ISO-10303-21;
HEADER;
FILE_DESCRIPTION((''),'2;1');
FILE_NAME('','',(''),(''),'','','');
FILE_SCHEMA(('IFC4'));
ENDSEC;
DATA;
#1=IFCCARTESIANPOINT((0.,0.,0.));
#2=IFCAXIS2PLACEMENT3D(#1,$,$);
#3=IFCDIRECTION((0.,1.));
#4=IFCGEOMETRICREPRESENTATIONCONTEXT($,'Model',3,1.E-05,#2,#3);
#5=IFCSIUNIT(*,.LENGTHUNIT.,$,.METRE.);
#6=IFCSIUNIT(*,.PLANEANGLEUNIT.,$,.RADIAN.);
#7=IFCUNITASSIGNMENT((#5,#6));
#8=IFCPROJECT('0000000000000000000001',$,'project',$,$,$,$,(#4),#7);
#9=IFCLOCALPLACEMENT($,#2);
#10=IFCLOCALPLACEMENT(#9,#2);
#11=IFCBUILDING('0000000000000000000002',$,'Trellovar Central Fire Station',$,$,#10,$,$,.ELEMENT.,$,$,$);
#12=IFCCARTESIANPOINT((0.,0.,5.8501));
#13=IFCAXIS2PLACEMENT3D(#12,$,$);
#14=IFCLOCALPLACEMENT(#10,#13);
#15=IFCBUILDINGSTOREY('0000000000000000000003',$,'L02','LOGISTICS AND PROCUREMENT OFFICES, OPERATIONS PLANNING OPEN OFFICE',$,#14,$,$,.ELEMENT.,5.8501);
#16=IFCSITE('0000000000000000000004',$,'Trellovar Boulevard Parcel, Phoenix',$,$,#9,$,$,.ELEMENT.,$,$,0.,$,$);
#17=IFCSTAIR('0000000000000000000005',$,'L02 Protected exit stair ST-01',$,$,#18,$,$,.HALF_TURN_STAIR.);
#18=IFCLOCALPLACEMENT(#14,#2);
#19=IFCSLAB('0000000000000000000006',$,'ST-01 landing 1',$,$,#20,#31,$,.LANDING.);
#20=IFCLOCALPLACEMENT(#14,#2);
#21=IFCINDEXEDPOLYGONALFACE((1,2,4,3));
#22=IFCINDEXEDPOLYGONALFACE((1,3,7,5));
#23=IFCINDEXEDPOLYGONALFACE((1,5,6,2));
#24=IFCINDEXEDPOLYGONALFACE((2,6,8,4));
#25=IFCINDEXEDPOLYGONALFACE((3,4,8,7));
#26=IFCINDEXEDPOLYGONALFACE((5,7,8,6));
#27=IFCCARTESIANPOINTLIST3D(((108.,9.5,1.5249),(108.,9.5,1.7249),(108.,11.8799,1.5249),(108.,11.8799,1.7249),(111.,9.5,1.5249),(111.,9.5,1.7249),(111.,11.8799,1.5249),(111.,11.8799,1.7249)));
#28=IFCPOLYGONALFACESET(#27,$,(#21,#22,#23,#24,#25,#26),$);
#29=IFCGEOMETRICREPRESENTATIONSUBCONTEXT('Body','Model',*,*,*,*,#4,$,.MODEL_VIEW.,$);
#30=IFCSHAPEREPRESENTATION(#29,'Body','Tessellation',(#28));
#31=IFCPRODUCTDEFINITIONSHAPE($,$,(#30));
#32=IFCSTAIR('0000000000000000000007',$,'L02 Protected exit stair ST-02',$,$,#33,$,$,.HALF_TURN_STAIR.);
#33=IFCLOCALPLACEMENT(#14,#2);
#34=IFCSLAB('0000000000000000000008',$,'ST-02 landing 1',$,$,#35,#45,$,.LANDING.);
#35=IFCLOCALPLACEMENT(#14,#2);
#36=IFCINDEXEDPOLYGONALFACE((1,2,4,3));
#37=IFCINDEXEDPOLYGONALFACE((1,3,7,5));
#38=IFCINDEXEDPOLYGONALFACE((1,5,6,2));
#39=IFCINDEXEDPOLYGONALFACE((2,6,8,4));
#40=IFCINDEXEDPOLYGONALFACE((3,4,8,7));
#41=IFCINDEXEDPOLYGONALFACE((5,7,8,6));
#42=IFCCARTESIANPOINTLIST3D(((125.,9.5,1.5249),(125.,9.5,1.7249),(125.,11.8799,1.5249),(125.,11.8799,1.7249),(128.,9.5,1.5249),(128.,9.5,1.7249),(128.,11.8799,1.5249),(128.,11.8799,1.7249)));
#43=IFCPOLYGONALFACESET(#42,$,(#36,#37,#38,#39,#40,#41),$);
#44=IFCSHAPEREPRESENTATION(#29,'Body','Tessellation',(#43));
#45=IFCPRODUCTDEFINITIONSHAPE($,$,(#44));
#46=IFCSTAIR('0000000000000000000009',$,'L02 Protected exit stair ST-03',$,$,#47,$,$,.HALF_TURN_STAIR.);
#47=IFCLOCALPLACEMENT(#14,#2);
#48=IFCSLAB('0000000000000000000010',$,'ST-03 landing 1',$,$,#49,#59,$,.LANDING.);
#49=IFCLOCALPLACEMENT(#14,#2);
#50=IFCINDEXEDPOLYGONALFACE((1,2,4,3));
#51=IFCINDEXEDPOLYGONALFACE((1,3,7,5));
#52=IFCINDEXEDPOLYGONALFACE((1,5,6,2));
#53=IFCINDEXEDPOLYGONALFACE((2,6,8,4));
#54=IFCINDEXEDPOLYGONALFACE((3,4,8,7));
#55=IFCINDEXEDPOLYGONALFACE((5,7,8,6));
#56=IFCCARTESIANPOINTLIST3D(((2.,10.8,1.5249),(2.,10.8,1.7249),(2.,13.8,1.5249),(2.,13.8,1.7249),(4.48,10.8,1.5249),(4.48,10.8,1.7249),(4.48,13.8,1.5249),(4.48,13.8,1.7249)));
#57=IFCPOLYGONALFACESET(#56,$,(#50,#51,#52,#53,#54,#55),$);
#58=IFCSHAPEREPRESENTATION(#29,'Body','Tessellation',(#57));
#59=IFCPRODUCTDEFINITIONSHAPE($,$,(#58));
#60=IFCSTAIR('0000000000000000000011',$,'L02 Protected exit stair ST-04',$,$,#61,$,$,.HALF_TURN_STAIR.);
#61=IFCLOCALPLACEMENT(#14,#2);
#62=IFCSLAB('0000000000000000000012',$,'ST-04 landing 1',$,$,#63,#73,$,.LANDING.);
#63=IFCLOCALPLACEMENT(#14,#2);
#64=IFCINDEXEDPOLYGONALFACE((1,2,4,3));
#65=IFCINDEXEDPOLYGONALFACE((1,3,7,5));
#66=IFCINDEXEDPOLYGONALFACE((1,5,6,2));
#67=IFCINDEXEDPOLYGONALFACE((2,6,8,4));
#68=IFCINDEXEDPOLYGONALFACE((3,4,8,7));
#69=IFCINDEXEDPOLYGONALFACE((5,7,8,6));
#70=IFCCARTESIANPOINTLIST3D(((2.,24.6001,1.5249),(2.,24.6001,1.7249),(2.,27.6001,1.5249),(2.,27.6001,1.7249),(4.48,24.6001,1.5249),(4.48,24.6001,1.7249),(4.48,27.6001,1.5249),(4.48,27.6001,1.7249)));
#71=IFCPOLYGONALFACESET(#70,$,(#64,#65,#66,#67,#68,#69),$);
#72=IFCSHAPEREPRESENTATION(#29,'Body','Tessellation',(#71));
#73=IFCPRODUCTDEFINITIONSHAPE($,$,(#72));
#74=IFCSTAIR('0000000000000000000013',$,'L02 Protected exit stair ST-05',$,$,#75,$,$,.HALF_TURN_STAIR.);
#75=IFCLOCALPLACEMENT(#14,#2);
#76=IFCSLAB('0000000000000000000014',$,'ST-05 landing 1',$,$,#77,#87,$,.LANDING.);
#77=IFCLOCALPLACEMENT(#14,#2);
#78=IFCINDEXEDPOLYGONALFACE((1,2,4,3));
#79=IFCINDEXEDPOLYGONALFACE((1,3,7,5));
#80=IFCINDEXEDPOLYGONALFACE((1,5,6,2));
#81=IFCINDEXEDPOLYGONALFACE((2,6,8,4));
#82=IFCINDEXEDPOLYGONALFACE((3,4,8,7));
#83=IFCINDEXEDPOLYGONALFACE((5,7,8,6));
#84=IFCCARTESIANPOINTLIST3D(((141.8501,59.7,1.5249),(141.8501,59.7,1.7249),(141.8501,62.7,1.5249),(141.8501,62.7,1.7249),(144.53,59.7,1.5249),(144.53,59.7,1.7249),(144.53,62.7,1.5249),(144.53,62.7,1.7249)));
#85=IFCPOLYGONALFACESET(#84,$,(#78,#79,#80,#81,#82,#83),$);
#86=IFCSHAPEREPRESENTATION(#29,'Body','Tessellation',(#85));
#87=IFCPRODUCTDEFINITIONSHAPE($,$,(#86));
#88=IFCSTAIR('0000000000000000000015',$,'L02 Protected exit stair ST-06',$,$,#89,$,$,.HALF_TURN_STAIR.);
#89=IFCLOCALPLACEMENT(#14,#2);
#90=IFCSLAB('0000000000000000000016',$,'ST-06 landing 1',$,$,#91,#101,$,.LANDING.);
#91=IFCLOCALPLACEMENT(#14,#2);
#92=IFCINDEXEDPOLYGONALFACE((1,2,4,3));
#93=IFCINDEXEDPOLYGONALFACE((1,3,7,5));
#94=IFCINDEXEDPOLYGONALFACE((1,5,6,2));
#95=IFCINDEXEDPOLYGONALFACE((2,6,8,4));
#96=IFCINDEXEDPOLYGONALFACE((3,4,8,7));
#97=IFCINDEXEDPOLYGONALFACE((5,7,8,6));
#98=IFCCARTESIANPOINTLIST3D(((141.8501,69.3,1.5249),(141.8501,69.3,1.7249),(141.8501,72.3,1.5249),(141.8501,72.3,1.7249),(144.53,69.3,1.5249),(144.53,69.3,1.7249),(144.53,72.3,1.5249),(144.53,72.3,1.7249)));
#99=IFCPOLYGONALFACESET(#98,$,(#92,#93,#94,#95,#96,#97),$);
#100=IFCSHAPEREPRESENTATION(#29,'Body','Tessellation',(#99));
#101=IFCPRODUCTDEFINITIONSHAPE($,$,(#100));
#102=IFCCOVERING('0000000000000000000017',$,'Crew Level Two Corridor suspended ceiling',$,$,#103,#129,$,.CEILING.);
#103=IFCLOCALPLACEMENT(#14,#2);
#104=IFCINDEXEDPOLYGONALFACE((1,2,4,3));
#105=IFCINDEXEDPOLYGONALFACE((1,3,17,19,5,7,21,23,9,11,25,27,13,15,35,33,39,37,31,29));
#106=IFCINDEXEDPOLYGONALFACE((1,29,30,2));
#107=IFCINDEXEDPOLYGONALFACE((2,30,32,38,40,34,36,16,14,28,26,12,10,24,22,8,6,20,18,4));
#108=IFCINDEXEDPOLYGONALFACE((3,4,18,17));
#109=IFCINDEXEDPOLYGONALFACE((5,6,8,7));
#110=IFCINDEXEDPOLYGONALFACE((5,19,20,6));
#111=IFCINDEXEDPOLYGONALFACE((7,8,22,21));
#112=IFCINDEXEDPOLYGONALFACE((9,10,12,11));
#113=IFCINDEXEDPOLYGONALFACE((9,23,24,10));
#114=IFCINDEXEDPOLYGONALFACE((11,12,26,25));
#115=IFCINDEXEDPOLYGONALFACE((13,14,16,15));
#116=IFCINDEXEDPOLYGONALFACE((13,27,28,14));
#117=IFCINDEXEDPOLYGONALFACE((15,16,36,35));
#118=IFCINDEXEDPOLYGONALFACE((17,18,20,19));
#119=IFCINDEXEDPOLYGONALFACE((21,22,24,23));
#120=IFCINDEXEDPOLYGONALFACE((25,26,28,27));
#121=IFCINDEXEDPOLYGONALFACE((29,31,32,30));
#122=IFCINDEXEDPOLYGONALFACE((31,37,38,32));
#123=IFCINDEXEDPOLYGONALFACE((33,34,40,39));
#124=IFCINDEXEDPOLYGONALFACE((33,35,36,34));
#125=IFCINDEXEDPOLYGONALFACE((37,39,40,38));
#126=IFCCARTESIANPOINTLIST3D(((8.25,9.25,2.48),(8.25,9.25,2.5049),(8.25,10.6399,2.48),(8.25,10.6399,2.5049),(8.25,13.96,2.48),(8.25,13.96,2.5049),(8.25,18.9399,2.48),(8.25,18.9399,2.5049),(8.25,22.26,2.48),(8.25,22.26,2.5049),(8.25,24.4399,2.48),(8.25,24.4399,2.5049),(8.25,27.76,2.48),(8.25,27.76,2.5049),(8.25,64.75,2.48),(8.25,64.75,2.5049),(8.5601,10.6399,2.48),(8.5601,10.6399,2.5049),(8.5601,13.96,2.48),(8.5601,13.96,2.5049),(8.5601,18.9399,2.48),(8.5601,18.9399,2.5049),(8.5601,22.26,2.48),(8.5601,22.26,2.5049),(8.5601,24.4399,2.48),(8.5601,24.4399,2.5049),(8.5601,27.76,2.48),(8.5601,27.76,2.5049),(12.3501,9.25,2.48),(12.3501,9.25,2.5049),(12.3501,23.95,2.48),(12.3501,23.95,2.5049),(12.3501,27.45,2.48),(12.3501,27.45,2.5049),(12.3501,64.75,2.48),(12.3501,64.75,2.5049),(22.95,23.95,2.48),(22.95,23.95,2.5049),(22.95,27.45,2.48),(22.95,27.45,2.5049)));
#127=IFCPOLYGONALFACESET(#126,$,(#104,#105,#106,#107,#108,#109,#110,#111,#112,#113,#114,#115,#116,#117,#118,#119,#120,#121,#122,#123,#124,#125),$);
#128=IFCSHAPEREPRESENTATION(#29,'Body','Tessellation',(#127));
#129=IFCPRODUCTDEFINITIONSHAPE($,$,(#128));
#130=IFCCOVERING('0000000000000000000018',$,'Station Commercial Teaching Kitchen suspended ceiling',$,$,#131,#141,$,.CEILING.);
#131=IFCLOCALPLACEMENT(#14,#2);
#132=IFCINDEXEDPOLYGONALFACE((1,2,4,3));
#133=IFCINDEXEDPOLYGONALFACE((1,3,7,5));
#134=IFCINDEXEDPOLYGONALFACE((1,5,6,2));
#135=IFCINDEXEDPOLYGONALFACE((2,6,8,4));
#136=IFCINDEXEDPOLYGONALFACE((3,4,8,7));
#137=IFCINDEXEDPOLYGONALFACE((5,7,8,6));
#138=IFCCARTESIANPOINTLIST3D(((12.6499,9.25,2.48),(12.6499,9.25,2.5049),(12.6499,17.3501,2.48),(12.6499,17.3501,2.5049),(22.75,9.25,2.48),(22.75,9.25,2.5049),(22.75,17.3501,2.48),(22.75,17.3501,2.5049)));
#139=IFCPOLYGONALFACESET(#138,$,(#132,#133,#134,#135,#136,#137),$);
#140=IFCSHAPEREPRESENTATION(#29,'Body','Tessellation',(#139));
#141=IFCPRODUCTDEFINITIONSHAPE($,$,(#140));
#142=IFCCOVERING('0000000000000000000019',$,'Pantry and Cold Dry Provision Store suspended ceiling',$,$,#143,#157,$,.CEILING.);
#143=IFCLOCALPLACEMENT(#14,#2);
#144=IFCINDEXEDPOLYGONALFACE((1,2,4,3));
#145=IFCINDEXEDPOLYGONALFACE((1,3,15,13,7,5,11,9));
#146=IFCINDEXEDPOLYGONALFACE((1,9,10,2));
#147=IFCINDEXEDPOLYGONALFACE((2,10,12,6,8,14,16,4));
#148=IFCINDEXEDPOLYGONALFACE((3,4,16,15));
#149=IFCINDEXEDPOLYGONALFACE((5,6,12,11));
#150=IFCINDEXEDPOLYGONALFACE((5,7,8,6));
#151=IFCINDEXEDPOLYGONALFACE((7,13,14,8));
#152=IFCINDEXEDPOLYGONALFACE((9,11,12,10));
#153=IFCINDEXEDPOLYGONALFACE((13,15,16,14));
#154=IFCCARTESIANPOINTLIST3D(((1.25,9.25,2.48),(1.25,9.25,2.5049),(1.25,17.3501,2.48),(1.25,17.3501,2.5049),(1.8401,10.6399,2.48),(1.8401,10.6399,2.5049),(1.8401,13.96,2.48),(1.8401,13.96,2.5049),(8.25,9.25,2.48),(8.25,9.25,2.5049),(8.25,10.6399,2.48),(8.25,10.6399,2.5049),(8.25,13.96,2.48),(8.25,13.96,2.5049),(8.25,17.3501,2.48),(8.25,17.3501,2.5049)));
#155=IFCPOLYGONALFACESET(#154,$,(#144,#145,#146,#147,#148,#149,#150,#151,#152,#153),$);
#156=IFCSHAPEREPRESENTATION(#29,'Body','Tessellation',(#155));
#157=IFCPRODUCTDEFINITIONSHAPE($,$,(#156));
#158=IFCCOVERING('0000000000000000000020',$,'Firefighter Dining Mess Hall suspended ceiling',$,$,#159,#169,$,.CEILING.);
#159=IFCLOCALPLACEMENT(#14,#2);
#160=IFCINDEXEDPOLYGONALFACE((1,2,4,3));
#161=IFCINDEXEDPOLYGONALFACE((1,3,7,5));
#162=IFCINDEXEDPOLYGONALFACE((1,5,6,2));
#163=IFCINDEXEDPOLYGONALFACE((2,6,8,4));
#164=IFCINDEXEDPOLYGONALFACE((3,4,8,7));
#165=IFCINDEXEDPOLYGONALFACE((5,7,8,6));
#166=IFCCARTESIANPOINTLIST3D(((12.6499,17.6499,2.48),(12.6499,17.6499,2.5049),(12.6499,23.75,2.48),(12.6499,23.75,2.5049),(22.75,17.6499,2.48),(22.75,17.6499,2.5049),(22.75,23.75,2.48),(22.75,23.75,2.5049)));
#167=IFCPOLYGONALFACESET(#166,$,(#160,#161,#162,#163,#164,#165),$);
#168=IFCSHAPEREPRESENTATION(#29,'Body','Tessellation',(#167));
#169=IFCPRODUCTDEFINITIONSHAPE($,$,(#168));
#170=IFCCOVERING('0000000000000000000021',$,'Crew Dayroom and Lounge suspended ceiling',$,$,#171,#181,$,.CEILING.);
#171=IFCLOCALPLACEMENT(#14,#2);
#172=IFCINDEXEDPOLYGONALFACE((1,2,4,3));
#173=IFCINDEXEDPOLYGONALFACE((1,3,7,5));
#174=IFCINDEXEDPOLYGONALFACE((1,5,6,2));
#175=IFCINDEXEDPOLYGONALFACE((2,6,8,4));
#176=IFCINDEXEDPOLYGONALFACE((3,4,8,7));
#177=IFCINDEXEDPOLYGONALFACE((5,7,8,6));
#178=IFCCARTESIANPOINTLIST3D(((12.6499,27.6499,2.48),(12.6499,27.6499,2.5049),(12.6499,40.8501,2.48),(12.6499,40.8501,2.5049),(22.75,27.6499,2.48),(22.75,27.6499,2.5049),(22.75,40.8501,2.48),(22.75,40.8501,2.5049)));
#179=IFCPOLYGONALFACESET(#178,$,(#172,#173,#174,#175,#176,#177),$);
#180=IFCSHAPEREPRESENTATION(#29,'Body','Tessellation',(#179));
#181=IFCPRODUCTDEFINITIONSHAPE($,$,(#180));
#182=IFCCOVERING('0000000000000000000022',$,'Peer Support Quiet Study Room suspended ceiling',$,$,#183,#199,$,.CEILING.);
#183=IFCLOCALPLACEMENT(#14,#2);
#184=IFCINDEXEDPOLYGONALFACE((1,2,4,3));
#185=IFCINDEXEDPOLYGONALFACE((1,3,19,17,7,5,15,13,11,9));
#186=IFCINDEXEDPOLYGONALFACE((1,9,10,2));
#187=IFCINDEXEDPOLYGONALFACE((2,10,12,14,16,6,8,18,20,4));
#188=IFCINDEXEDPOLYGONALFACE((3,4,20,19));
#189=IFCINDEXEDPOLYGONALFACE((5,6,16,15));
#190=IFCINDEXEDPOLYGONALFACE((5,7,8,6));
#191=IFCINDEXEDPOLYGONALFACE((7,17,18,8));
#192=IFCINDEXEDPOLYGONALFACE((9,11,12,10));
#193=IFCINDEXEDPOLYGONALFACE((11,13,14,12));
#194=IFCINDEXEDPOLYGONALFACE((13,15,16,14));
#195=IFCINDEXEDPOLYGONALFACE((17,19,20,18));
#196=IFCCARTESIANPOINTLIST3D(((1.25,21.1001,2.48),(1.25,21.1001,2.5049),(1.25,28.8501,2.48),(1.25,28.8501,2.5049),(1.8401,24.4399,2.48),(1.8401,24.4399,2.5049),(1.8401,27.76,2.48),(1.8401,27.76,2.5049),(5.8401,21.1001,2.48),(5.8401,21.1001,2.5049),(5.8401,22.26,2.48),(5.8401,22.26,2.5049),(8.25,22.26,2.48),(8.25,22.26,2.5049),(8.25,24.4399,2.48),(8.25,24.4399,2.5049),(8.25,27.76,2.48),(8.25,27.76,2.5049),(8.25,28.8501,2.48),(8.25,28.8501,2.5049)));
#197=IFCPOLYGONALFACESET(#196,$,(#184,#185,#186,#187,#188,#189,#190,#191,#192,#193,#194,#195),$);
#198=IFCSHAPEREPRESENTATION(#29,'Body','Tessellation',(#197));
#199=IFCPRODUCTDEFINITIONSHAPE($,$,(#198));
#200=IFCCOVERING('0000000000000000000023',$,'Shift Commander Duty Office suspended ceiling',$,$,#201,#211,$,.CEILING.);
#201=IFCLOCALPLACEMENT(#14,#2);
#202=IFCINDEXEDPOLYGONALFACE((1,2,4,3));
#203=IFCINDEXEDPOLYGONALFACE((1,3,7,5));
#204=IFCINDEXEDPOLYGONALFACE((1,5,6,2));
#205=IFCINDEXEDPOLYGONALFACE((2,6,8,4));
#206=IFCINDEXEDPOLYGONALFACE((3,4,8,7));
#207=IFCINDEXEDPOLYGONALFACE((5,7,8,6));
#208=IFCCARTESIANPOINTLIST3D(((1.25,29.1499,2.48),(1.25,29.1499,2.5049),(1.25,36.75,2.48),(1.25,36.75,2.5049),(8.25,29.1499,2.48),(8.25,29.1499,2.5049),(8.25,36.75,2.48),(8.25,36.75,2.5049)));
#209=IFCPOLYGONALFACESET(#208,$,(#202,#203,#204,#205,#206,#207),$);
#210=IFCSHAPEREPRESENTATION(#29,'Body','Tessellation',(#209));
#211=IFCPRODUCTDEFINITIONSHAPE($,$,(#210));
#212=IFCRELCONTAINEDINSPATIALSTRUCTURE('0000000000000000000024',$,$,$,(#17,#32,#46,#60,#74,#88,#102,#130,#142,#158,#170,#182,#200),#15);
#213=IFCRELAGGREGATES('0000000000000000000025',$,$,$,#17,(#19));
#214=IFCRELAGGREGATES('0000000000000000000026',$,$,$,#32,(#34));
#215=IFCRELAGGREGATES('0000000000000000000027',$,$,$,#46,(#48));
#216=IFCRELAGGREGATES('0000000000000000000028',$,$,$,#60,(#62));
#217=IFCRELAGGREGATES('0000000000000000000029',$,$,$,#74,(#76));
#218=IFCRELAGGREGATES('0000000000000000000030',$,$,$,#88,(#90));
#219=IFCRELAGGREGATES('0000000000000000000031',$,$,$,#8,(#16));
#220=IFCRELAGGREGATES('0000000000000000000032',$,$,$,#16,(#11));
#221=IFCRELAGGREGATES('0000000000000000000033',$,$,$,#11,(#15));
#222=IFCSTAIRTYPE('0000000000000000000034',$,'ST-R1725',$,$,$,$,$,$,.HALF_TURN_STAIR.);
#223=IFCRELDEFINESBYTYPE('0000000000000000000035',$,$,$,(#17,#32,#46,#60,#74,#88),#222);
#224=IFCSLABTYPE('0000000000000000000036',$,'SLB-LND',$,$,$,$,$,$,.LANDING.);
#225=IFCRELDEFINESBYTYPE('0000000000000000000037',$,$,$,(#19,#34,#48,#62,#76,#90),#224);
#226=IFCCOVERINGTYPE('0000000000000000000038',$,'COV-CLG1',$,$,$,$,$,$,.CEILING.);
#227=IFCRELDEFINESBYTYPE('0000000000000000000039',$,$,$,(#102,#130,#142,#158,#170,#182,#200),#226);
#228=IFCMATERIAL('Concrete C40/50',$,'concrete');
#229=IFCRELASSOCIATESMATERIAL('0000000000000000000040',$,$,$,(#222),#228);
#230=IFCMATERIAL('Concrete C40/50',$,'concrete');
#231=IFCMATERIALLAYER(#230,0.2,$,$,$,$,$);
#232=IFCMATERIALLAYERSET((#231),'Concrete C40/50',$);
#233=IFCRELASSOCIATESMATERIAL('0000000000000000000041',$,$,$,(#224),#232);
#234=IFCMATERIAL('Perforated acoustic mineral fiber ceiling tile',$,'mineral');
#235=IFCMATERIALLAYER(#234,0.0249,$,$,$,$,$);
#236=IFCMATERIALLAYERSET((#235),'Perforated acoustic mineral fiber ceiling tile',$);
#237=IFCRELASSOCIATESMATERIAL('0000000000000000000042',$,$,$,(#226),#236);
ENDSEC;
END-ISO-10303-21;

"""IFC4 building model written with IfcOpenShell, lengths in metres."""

from ifc_helpers import new_model, si_unit, direction, frame, origin, place, context, subcontext, project, spatial, polyline, outline, extrude, material, layer, layer_set, type_object, element, aggregate, save


model = new_model("IFC4")

# Units and contexts
model_context = context("Model", 3, precision=1e-05, world=origin(), true_north=direction((0.0, 1.0)))
body_context = subcontext(model_context, "Body", "Model", "MODEL_VIEW")
ifc_project = project(units=[si_unit("LENGTHUNIT", "METRE"), si_unit("PLANEANGLEUNIT", "RADIAN")], contexts=[model_context])

# Site, building, storey
site_placement = place(None, origin())
site = spatial("IfcSite", under=ifc_project, at=site_placement, Name="Trellovar Boulevard Parcel, Phoenix", CompositionType="ELEMENT", RefElevation=0.0)
building_placement = place(site_placement, origin())
building = spatial("IfcBuilding", under=site, at=building_placement, Name="Trellovar Central Fire Station", CompositionType="ELEMENT")
storey_placement = place(building_placement, frame((0.0, 0.0, 5.8501)))
storey = spatial("IfcBuildingStorey", under=building, at=storey_placement, Name="L02", Description="LOGISTICS AND PROCUREMENT OFFICES, OPERATIONS PLANNING OPEN OFFICE", CompositionType="ELEMENT", Elevation=5.8501)

# Stairs, slabs
ifc_material_1 = material(Name="Concrete C40/50", Category="concrete")
stair_type = type_object("IfcStairType", Name="ST-R1725", PredefinedType="HALF_TURN_STAIR", material=ifc_material_1)
stair_1_placement = place(storey_placement, origin())
stair_1 = element("IfcStair", 1, at=stair_1_placement, inside=storey, type_object=stair_type, Name="L02 Protected exit stair ST-01", PredefinedType="HALF_TURN_STAIR")
ifc_material_2 = material(Name="Concrete C40/50", Category="concrete")
ifc_layer_1 = layer(ifc_material_2, 0.2)
ifc_layer_set_1 = layer_set([ifc_layer_1], Name="Concrete C40/50")
slab_type = type_object("IfcSlabType", Name="SLB-LND", PredefinedType="LANDING", material=ifc_layer_set_1)
slab_1_placement = place(storey_placement, frame((0.0, 0.0, 1.5249)))
slab_1 = element("IfcSlab", 2, at=slab_1_placement, type_object=slab_type, Name="ST-01 landing 1", PredefinedType="LANDING", context=body_context, shape_type="SweptSolid", body=[
    extrude(outline(polyline([(108.0, 11.8799), (108.0, 9.5), (111.0, 9.5), (111.0, 11.8799), (108.0, 11.8799)])), origin(), (0.0, 0.0, 1.0), 0.2),
])
aggregate(stair_1, [slab_1])
stair_2_placement = place(storey_placement, origin())
stair_2 = element("IfcStair", 3, at=stair_2_placement, inside=storey, type_object=stair_type, Name="L02 Protected exit stair ST-02", PredefinedType="HALF_TURN_STAIR")
slab_2_placement = place(storey_placement, frame((0.0, 0.0, 1.5249)))
slab_2 = element("IfcSlab", 4, at=slab_2_placement, type_object=slab_type, Name="ST-02 landing 1", PredefinedType="LANDING", context=body_context, shape_type="SweptSolid", body=[
    extrude(outline(polyline([(125.0, 11.8799), (125.0, 9.5), (128.0, 9.5), (128.0, 11.8799), (125.0, 11.8799)])), origin(), (0.0, 0.0, 1.0), 0.2),
])
aggregate(stair_2, [slab_2])
stair_3_placement = place(storey_placement, origin())
stair_3 = element("IfcStair", 5, at=stair_3_placement, inside=storey, type_object=stair_type, Name="L02 Protected exit stair ST-03", PredefinedType="HALF_TURN_STAIR")
slab_3_placement = place(storey_placement, frame((0.0, 0.0, 1.5249)))
slab_3 = element("IfcSlab", 6, at=slab_3_placement, type_object=slab_type, Name="ST-03 landing 1", PredefinedType="LANDING", context=body_context, shape_type="SweptSolid", body=[
    extrude(outline(polyline([(4.48, 13.8), (2.0, 13.8), (2.0, 10.8), (4.48, 10.8), (4.48, 13.8)])), origin(), (0.0, 0.0, 1.0), 0.2),
])
aggregate(stair_3, [slab_3])
stair_4_placement = place(storey_placement, origin())
stair_4 = element("IfcStair", 7, at=stair_4_placement, inside=storey, type_object=stair_type, Name="L02 Protected exit stair ST-04", PredefinedType="HALF_TURN_STAIR")
slab_4_placement = place(storey_placement, frame((0.0, 0.0, 1.5249)))
slab_4 = element("IfcSlab", 8, at=slab_4_placement, type_object=slab_type, Name="ST-04 landing 1", PredefinedType="LANDING", context=body_context, shape_type="SweptSolid", body=[
    extrude(outline(polyline([(4.48, 27.6001), (2.0, 27.6001), (2.0, 24.6001), (4.48, 24.6001), (4.48, 27.6001)])), origin(), (0.0, 0.0, 1.0), 0.2),
])
aggregate(stair_4, [slab_4])
stair_5_placement = place(storey_placement, origin())
stair_5 = element("IfcStair", 9, at=stair_5_placement, inside=storey, type_object=stair_type, Name="L02 Protected exit stair ST-05", PredefinedType="HALF_TURN_STAIR")
slab_5_placement = place(storey_placement, frame((0.0, 0.0, 1.5249)))
slab_5 = element("IfcSlab", 10, at=slab_5_placement, type_object=slab_type, Name="ST-05 landing 1", PredefinedType="LANDING", context=body_context, shape_type="SweptSolid", body=[
    extrude(outline(polyline([(144.53, 62.7), (141.8501, 62.7), (141.8501, 59.7), (144.53, 59.7), (144.53, 62.7)])), origin(), (0.0, 0.0, 1.0), 0.2),
])
aggregate(stair_5, [slab_5])
stair_6_placement = place(storey_placement, origin())
stair_6 = element("IfcStair", 11, at=stair_6_placement, inside=storey, type_object=stair_type, Name="L02 Protected exit stair ST-06", PredefinedType="HALF_TURN_STAIR")
slab_6_placement = place(storey_placement, frame((0.0, 0.0, 1.5249)))
slab_6 = element("IfcSlab", 12, at=slab_6_placement, type_object=slab_type, Name="ST-06 landing 1", PredefinedType="LANDING", context=body_context, shape_type="SweptSolid", body=[
    extrude(outline(polyline([(144.53, 72.3), (141.8501, 72.3), (141.8501, 69.3), (144.53, 69.3), (144.53, 72.3)])), origin(), (0.0, 0.0, 1.0), 0.2),
])
aggregate(stair_6, [slab_6])

# Coverings
ifc_material_3 = material(Name="Perforated acoustic mineral fiber ceiling tile", Category="mineral")
ifc_layer_2 = layer(ifc_material_3, 0.0249)
ifc_layer_set_2 = layer_set([ifc_layer_2], Name="Perforated acoustic mineral fiber ceiling tile")
covering_type_1 = type_object("IfcCoveringType", Name="COV-CLG1", PredefinedType="CEILING", material=ifc_layer_set_2)
covering_1_placement = place(storey_placement, frame((0.0, 0.0, 2.48)))
element("IfcCovering", 13, at=covering_1_placement, inside=storey, type_object=covering_type_1, Name="Crew Level Two Corridor suspended ceiling", PredefinedType="CEILING", context=body_context, shape_type="SweptSolid", body=[
    extrude(outline(polyline([(8.5601, 18.9399), (8.5601, 22.26), (8.25, 22.26), (8.25, 24.4399), (8.5601, 24.4399), (8.5601, 27.76), (8.25, 27.76), (8.25, 64.75), (12.3501, 64.75), (12.3501, 27.45), (22.95, 27.45), (22.95, 23.95), (12.3501, 23.95), (12.3501, 9.25), (8.25, 9.25), (8.25, 10.6399), (8.5601, 10.6399), (8.5601, 13.96), (8.25, 13.96), (8.25, 18.9399), (8.5601, 18.9399)])), origin(), (0.0, 0.0, 1.0), 0.0249),
])
covering_2_placement = place(storey_placement, frame((0.0, 0.0, 2.48)))
element("IfcCovering", 14, at=covering_2_placement, inside=storey, type_object=covering_type_1, Name="Station Commercial Teaching Kitchen suspended ceiling", PredefinedType="CEILING", context=body_context, shape_type="SweptSolid", body=[
    extrude(outline(polyline([(22.75, 17.3501), (22.75, 9.25), (12.6499, 9.25), (12.6499, 17.3501), (22.75, 17.3501)])), origin(), (0.0, 0.0, 1.0), 0.0249),
])
covering_3_placement = place(storey_placement, frame((0.0, 0.0, 2.48)))
element("IfcCovering", 15, at=covering_3_placement, inside=storey, type_object=covering_type_1, Name="Pantry and Cold Dry Provision Store suspended ceiling", PredefinedType="CEILING", context=body_context, shape_type="SweptSolid", body=[
    extrude(outline(polyline([(8.25, 10.6399), (8.25, 9.25), (1.25, 9.25), (1.25, 17.3501), (8.25, 17.3501), (8.25, 13.96), (1.8401, 13.96), (1.8401, 10.6399), (8.25, 10.6399)])), origin(), (0.0, 0.0, 1.0), 0.0249),
])
covering_4_placement = place(storey_placement, frame((0.0, 0.0, 2.48)))
element("IfcCovering", 16, at=covering_4_placement, inside=storey, type_object=covering_type_1, Name="Firefighter Dining Mess Hall suspended ceiling", PredefinedType="CEILING", context=body_context, shape_type="SweptSolid", body=[
    extrude(outline(polyline([(22.75, 23.75), (22.75, 17.6499), (12.6499, 17.6499), (12.6499, 23.75), (22.75, 23.75)])), origin(), (0.0, 0.0, 1.0), 0.0249),
])
covering_5_placement = place(storey_placement, frame((0.0, 0.0, 2.48)))
element("IfcCovering", 17, at=covering_5_placement, inside=storey, type_object=covering_type_1, Name="Crew Dayroom and Lounge suspended ceiling", PredefinedType="CEILING", context=body_context, shape_type="SweptSolid", body=[
    extrude(outline(polyline([(22.75, 40.8501), (22.75, 27.6499), (12.6499, 27.6499), (12.6499, 40.8501), (22.75, 40.8501)])), origin(), (0.0, 0.0, 1.0), 0.0249),
])
covering_6_placement = place(storey_placement, frame((0.0, 0.0, 2.48)))
element("IfcCovering", 18, at=covering_6_placement, inside=storey, type_object=covering_type_1, Name="Peer Support Quiet Study Room suspended ceiling", PredefinedType="CEILING", context=body_context, shape_type="SweptSolid", body=[
    extrude(outline(polyline([(8.25, 28.8501), (8.25, 27.76), (1.8401, 27.76), (1.8401, 24.4399), (8.25, 24.4399), (8.25, 22.26), (5.8401, 22.26), (5.8401, 21.1001), (1.25, 21.1001), (1.25, 28.8501), (8.25, 28.8501)])), origin(), (0.0, 0.0, 1.0), 0.0249),
])
covering_7_placement = place(storey_placement, frame((0.0, 0.0, 2.48)))
element("IfcCovering", 19, at=covering_7_placement, inside=storey, type_object=covering_type_1, Name="Shift Commander Duty Office suspended ceiling", PredefinedType="CEILING", context=body_context, shape_type="SweptSolid", body=[
    extrude(outline(polyline([(8.25, 36.75), (8.25, 29.1499), (1.25, 29.1499), (1.25, 36.75), (8.25, 36.75)])), origin(), (0.0, 0.0, 1.0), 0.0249),
])

save(model, "model.ifc")
